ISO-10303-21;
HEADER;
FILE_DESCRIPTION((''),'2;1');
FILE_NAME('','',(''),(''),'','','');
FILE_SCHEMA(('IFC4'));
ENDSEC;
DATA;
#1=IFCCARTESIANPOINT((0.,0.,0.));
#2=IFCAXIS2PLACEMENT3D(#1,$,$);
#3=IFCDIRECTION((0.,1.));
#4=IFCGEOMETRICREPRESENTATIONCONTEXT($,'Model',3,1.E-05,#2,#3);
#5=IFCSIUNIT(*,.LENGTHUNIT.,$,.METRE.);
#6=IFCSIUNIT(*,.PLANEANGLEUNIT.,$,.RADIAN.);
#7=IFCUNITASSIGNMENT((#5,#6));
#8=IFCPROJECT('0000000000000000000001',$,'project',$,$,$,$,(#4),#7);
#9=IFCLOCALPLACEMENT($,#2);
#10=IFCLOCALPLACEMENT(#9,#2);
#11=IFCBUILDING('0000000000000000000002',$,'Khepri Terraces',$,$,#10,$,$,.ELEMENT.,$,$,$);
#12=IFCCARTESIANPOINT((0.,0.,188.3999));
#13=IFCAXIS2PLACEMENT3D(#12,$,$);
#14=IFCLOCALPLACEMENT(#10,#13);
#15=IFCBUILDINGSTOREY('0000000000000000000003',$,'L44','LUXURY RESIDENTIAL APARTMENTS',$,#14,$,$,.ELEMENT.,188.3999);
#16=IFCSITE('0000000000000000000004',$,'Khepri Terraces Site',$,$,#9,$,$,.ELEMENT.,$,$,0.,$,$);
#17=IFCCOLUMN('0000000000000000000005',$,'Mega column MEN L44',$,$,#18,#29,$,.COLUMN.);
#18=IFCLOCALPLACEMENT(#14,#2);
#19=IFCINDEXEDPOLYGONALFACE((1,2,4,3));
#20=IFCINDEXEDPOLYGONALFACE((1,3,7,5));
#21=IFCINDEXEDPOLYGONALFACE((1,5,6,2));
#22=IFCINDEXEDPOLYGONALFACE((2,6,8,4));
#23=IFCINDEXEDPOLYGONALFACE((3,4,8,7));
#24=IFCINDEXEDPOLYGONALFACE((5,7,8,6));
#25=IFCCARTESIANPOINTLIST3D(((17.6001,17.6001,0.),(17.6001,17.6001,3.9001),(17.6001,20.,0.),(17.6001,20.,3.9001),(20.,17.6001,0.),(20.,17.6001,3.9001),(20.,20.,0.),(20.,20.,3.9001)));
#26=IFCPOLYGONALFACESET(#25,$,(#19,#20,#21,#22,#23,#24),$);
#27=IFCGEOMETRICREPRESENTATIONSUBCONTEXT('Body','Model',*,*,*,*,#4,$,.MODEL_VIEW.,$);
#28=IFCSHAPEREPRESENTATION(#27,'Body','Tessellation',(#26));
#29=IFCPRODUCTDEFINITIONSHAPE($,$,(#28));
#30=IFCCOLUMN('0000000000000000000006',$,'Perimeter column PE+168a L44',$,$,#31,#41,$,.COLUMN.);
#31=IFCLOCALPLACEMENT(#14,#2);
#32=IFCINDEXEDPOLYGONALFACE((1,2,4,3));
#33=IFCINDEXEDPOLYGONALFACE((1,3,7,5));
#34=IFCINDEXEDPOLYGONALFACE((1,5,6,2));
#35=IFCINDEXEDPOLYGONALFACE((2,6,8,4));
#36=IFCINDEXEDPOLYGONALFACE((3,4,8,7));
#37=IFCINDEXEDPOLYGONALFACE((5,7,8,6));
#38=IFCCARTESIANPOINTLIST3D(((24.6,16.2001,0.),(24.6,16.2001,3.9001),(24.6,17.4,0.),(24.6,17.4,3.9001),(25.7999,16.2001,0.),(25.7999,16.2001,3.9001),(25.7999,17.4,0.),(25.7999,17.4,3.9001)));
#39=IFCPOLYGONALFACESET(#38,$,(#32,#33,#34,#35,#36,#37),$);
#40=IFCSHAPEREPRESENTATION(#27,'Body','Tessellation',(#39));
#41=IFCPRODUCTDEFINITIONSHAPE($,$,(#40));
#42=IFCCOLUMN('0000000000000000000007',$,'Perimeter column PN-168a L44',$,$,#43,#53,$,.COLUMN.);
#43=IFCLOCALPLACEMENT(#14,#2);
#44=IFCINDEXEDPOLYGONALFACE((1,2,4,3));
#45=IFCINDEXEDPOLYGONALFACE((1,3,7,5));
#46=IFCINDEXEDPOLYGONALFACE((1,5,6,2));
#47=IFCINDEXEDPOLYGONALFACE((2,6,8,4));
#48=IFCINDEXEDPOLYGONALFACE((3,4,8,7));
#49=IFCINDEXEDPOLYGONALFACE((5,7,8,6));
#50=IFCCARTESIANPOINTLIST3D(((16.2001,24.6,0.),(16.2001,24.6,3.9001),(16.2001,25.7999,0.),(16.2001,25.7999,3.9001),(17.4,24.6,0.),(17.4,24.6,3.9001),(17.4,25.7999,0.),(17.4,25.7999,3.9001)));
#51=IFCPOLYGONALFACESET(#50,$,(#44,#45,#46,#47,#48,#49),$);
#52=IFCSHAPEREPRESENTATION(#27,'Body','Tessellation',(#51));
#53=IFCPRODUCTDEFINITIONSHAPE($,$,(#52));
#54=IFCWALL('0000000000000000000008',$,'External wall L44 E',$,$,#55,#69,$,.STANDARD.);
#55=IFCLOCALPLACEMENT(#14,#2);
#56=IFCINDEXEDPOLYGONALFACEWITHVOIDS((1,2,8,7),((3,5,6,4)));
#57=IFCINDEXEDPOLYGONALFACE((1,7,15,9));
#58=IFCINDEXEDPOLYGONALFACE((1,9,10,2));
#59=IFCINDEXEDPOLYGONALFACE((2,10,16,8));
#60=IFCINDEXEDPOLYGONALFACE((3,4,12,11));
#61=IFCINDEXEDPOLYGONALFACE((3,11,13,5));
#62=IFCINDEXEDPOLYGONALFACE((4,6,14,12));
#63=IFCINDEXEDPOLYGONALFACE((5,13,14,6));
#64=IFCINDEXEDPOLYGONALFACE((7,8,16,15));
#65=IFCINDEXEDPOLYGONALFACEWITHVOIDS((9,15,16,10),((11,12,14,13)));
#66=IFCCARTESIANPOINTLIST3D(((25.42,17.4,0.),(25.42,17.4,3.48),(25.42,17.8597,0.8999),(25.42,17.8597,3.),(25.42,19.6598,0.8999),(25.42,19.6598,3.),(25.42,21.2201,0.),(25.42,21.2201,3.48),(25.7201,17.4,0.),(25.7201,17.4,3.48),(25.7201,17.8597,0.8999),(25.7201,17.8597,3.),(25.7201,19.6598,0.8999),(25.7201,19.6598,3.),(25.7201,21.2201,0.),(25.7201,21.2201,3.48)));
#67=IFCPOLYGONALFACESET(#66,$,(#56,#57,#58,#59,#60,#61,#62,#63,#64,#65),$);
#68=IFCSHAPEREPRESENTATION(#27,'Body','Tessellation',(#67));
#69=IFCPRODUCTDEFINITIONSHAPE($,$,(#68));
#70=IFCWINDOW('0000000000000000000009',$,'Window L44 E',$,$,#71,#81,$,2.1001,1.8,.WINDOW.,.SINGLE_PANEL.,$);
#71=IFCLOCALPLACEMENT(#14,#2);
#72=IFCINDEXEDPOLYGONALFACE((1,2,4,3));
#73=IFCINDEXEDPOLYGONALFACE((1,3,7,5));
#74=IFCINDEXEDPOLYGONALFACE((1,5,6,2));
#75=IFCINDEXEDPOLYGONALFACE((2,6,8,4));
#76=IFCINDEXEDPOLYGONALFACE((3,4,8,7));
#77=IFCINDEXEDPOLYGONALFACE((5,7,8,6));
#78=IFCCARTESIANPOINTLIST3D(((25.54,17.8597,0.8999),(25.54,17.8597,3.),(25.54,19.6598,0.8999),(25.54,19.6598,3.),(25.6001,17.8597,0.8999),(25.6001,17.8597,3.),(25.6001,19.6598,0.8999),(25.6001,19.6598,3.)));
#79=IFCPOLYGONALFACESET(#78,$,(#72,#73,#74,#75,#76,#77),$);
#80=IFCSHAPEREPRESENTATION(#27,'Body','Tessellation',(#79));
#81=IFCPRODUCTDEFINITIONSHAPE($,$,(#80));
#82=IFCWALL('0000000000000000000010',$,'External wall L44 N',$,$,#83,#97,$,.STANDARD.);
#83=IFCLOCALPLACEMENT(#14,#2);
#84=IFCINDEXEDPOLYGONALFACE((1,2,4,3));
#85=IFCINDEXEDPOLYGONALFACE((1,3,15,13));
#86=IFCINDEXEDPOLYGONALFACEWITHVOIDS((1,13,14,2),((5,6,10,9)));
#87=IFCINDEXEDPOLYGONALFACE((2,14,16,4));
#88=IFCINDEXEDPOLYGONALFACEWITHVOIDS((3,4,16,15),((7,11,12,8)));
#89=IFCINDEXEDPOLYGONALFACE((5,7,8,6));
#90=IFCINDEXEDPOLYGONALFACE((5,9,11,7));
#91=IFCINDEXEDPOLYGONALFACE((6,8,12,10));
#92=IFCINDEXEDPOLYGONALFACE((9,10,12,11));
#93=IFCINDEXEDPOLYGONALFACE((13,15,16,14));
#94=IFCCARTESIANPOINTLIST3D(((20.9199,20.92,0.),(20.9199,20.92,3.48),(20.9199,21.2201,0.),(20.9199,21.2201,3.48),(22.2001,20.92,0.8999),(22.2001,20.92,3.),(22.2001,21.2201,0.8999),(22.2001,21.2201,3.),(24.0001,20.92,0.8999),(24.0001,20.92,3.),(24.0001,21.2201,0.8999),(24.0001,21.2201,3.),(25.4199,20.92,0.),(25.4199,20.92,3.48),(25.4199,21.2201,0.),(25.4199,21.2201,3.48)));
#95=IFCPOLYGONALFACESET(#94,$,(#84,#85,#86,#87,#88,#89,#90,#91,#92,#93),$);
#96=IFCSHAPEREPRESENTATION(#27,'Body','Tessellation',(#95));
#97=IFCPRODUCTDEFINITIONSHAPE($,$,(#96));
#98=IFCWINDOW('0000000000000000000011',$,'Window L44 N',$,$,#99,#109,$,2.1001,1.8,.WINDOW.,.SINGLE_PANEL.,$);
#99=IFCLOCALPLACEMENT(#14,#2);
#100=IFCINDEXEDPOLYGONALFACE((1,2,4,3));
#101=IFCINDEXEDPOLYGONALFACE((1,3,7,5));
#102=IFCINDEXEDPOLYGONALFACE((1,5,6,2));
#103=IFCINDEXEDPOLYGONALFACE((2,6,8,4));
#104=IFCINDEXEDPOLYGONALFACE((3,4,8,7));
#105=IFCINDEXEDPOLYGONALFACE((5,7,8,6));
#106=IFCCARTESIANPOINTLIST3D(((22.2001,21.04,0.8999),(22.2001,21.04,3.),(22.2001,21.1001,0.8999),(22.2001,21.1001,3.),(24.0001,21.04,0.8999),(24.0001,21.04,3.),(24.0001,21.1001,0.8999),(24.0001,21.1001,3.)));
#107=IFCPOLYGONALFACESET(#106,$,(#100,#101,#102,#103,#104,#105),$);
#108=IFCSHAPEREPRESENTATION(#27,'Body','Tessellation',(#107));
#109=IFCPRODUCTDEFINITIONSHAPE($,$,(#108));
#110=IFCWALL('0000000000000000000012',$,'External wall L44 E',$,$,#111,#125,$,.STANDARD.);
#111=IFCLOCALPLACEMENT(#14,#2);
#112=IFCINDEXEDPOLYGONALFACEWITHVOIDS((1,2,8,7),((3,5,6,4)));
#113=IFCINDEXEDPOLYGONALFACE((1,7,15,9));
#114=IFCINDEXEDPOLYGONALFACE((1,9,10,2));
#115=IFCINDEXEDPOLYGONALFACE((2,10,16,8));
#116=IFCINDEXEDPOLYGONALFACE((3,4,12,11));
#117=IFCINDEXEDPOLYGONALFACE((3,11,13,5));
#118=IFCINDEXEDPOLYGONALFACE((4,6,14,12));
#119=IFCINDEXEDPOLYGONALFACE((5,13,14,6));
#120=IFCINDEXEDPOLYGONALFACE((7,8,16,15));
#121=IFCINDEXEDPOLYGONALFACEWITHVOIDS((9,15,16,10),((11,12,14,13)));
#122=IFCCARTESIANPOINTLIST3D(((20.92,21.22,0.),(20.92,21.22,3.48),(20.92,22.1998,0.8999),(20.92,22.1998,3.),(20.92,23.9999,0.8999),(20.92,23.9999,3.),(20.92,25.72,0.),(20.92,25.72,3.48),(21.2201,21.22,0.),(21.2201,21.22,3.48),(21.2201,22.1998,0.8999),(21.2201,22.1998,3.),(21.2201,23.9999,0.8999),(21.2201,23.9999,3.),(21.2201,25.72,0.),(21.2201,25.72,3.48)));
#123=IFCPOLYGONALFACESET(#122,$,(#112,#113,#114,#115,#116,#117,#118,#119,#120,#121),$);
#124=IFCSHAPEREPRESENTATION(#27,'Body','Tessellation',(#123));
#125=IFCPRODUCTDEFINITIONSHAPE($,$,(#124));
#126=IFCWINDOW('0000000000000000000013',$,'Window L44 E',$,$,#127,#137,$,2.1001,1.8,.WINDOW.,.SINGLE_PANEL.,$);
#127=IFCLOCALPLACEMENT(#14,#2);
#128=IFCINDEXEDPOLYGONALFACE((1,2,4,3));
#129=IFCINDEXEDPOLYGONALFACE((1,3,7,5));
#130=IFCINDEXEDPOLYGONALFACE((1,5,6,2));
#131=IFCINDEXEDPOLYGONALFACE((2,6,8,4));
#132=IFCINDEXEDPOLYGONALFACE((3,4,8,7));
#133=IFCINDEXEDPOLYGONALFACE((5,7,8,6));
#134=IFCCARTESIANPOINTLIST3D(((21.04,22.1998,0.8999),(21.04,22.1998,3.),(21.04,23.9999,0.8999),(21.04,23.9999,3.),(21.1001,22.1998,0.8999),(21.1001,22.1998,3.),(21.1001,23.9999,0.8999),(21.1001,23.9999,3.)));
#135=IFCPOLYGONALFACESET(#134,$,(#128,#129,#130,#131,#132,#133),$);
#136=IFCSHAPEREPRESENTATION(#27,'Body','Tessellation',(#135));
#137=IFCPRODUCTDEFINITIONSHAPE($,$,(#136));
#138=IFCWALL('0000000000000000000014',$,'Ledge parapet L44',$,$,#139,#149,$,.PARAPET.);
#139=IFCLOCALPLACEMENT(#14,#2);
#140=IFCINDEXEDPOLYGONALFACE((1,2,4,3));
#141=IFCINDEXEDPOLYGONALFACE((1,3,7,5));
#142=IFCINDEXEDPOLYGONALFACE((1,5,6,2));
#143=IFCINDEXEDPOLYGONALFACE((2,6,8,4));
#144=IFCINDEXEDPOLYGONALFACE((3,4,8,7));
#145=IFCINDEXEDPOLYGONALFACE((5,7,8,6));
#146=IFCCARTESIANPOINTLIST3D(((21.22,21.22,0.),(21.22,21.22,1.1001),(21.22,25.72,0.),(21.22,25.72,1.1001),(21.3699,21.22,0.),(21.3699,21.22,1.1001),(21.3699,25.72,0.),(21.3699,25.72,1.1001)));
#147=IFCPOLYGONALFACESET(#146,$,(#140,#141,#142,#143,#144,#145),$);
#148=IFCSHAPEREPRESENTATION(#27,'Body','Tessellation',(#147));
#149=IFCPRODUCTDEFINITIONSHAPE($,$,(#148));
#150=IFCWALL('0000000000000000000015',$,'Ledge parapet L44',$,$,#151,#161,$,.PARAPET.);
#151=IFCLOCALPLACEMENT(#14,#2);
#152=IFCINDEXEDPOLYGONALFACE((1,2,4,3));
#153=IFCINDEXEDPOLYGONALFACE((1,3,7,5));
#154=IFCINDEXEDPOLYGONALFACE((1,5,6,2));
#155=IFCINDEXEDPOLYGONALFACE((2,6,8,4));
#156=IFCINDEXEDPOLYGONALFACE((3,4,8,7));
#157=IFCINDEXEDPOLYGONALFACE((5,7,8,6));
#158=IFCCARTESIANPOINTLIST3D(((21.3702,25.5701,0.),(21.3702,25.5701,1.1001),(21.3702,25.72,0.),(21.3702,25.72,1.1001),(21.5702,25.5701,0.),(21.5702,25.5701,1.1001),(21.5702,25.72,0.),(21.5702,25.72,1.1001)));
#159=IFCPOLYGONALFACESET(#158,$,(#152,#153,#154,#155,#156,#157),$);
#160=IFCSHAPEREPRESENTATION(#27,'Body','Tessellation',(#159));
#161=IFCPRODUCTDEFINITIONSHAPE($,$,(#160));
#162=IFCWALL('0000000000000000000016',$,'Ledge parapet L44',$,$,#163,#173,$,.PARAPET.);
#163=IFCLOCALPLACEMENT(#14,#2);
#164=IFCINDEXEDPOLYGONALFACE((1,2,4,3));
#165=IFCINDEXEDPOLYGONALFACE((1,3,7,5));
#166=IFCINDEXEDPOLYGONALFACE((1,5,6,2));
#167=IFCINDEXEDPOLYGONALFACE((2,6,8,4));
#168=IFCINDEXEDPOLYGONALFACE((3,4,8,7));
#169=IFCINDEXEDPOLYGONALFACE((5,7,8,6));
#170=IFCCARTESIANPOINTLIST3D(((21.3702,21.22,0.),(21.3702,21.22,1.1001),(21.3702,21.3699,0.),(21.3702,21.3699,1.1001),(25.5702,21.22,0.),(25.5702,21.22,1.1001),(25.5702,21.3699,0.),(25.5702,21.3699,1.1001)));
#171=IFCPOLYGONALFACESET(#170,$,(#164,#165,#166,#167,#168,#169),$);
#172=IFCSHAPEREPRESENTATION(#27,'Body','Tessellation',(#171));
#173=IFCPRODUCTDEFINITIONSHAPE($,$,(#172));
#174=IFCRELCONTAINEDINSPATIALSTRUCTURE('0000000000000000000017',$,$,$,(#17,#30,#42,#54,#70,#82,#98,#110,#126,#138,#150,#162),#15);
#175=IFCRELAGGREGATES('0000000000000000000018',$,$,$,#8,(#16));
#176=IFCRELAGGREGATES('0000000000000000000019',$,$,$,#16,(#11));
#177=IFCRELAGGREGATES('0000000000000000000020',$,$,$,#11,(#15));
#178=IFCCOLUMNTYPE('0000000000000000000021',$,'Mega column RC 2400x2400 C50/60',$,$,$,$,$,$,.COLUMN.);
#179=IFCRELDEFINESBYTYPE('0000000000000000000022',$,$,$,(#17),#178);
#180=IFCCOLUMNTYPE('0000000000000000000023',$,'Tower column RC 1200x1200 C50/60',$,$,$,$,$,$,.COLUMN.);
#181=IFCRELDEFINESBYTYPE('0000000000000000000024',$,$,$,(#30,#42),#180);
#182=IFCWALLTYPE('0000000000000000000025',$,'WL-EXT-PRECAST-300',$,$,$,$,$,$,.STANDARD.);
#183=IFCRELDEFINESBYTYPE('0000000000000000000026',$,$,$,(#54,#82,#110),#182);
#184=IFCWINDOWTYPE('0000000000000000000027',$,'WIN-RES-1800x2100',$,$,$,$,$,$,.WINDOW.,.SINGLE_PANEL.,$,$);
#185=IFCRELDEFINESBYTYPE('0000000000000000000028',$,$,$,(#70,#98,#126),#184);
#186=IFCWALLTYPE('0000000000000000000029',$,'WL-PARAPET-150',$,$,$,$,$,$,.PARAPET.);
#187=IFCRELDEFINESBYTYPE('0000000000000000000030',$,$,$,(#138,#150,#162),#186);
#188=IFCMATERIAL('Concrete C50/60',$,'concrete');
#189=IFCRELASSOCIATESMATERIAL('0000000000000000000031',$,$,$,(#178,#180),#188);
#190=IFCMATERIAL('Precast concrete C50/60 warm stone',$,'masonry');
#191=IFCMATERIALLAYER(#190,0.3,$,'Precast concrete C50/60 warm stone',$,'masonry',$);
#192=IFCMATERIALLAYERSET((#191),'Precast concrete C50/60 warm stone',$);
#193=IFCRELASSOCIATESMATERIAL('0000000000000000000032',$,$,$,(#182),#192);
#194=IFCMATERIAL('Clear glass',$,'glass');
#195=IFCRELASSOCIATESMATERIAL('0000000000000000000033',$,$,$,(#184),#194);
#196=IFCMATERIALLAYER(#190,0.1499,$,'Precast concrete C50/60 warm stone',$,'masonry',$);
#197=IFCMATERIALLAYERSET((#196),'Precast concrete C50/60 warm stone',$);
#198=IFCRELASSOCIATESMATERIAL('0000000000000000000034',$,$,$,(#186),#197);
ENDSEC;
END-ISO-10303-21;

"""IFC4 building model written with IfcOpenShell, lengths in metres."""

from ifc_helpers import new_model, si_unit, direction, frame, frame_2d, origin, origin_2d, place, context, subcontext, project, spatial, rectangle, extrude, material, layer, layer_set, material_profile, profile_set, type_object, element, fill, save


model = new_model("IFC4")

# Units and contexts
model_context = context("Model", 3, precision=1e-05, world=origin(), true_north=direction((0.0, 1.0)))
body_context = subcontext(model_context, "Body", "Model", "MODEL_VIEW")
ifc_project = project(units=[si_unit("LENGTHUNIT", "METRE"), si_unit("PLANEANGLEUNIT", "RADIAN")], contexts=[model_context])

# Site, building, storey
site_placement = place(None, origin())
site = spatial("IfcSite", under=ifc_project, at=site_placement, Name="Khepri Terraces Site", CompositionType="ELEMENT", RefElevation=0.0)
building_placement = place(site_placement, origin())
building = spatial("IfcBuilding", under=site, at=building_placement, Name="Khepri Terraces", CompositionType="ELEMENT")
storey_placement = place(building_placement, frame((0.0, 0.0, 188.3999)))
storey = spatial("IfcBuildingStorey", under=building, at=storey_placement, Name="L44", Description="LUXURY RESIDENTIAL APARTMENTS", CompositionType="ELEMENT", Elevation=188.3999)

# Columns
ifc_material_1 = material(Name="Concrete C50/60", Category="concrete")
ifc_material_profile_1 = material_profile(ifc_material_1, rectangle(XDim=2.3999, YDim=2.3999, at=origin_2d()), Name="Concrete C50/60", Category="concrete")
ifc_profile_set_1 = profile_set([ifc_material_profile_1], Name="Concrete C50/60")
column_type_1 = type_object("IfcColumnType", Name="Mega column RC 2400x2400 C50/60", PredefinedType="COLUMN", material=ifc_profile_set_1)
column_placement = place(storey_placement, frame((18.8, 18.8, 0.0), z_axis=(0.0, 0.0, 1.0), x_axis=(1.0, 0.0, 0.0)))
element("IfcColumn", 1, at=column_placement, inside=storey, type_object=column_type_1, Name="Mega column MEN L44", PredefinedType="COLUMN", context=body_context, shape_type="SweptSolid", body=[
    extrude(rectangle(XDim=2.3999, YDim=2.3999, at=origin_2d()), origin(), (0.0, 0.0, 1.0), 3.9001),
])
ifc_material_profile_2 = material_profile(ifc_material_1, rectangle(XDim=1.2, YDim=1.2, at=origin_2d()), Name="Concrete C50/60", Category="concrete")
ifc_profile_set_2 = profile_set([ifc_material_profile_2], Name="Concrete C50/60")
column_type_2 = type_object("IfcColumnType", Name="Tower column RC 1200x1200 C50/60", PredefinedType="COLUMN", material=ifc_profile_set_2)
for number, where, z_axis, x_axis, name in (
    (2, (25.2, 16.8, 0.0), (0.0, 0.0, 1.0), (1.0, 0.0, 0.0), "Perimeter column PE+168a L44"),
    (3, (16.8, 25.2, 0.0), (0.0, 0.0, 1.0), (1.0, 0.0, 0.0), "Perimeter column PN-168a L44"),
):
    element("IfcColumn", number, at=place(storey_placement, frame(where, z_axis=z_axis, x_axis=x_axis)), inside=storey, type_object=column_type_2, Name=name, PredefinedType="COLUMN", context=body_context, shape_type="SweptSolid", body=[
        extrude(rectangle(XDim=1.2, YDim=1.2, at=origin_2d()), origin(), (0.0, 0.0, 1.0), 3.9001),
    ])

# Walls, openings, windows
ifc_material_2 = material(Name="Precast concrete C50/60 warm stone", Category="masonry")
ifc_layer_1 = layer(ifc_material_2, 0.3, Name="Precast concrete C50/60 warm stone", Category="masonry")
ifc_layer_set_1 = layer_set([ifc_layer_1], Name="Precast concrete C50/60 warm stone")
wall_type_1 = type_object("IfcWallType", Name="WL-EXT-PRECAST-300", PredefinedType="STANDARD", material=ifc_layer_set_1)
wall_1_placement = place(storey_placement, frame((25.5701, 17.3999, 0.0), z_axis=(0.0, 0.0, 1.0), x_axis=(0.0, 1.0, 0.0)))
wall_1 = element("IfcWall", 4, at=wall_1_placement, inside=storey, type_object=wall_type_1, Name="External wall L44 E", PredefinedType="STANDARD", context=body_context, shape_type="SweptSolid", body=[
    extrude(rectangle(XDim=3.8201, YDim=0.3, at=frame_2d((1.9102, 0.0))), origin(), (0.0, 0.0, 1.0), 3.48),
])
opening_1_placement = place(wall_1_placement, frame((0.46, 0.0, 0.8999)))
opening_1 = element("IfcOpeningElement", 5, at=opening_1_placement, cuts=wall_1, PredefinedType="OPENING", context=body_context, shape_type="SweptSolid", body=[
    extrude(rectangle(XDim=1.8, YDim=2.1001, at=frame_2d((0.8999, 1.05))), frame((0.0, 0.1602, 0.0), z_axis=(0.0, -1.0, 0.0), x_axis=(1.0, 0.0, 0.0)), (0.0, 0.0, 1.0), 0.3201),
])
ifc_material_3 = material(Name="Clear glass", Category="glass")
window_type = type_object("IfcWindowType", Name="WIN-RES-1800x2100", PartitioningType="SINGLE_PANEL", PredefinedType="WINDOW", material=ifc_material_3)
window_1_placement = place(opening_1_placement, origin())
window_1 = element("IfcWindow", 6, at=window_1_placement, inside=storey, type_object=window_type, Name="Window L44 E", OverallHeight=2.1001, OverallWidth=1.8, PartitioningType="SINGLE_PANEL", PredefinedType="WINDOW", context=body_context, shape_type="SweptSolid", body=[
    extrude(rectangle(XDim=1.8, YDim=2.1001, at=frame_2d((0.8999, 1.05))), frame((0.0, 0.03, 0.0), z_axis=(0.0, -1.0, 0.0), x_axis=(1.0, 0.0, 0.0)), (0.0, 0.0, 1.0), 0.0601),
])
fill(opening_1, window_1)
wall_2_placement = place(storey_placement, frame((25.4199, 21.0701, 0.0), z_axis=(0.0, 0.0, 1.0), x_axis=(-1.0, 0.0, 0.0)))
wall_2 = element("IfcWall", 7, at=wall_2_placement, inside=storey, type_object=wall_type_1, Name="External wall L44 N", PredefinedType="STANDARD", context=body_context, shape_type="SweptSolid", body=[
    extrude(rectangle(XDim=4.5, YDim=0.3, at=frame_2d((2.25, 0.0))), origin(), (0.0, 0.0, 1.0), 3.48),
])
opening_2_placement = place(wall_2_placement, frame((1.4199, 0.0, 0.8999)))
opening_2 = element("IfcOpeningElement", 8, at=opening_2_placement, cuts=wall_2, PredefinedType="OPENING", context=body_context, shape_type="SweptSolid", body=[
    extrude(rectangle(XDim=1.8, YDim=2.1001, at=frame_2d((0.8999, 1.05))), frame((0.0, 0.1602, 0.0), z_axis=(0.0, -1.0, 0.0), x_axis=(1.0, 0.0, 0.0)), (0.0, 0.0, 1.0), 0.3201),
])
window_2_placement = place(opening_2_placement, origin())
window_2 = element("IfcWindow", 9, at=window_2_placement, inside=storey, type_object=window_type, Name="Window L44 N", OverallHeight=2.1001, OverallWidth=1.8, PartitioningType="SINGLE_PANEL", PredefinedType="WINDOW", context=body_context, shape_type="SweptSolid", body=[
    extrude(rectangle(XDim=1.8, YDim=2.1001, at=frame_2d((0.8999, 1.05))), frame((0.0, 0.03, 0.0), z_axis=(0.0, -1.0, 0.0), x_axis=(1.0, 0.0, 0.0)), (0.0, 0.0, 1.0), 0.0601),
])
fill(opening_2, window_2)
wall_3_placement = place(storey_placement, frame((21.0701, 21.22, 0.0), z_axis=(0.0, 0.0, 1.0), x_axis=(0.0, 1.0, 0.0)))
wall_3 = element("IfcWall", 10, at=wall_3_placement, inside=storey, type_object=wall_type_1, Name="External wall L44 E", PredefinedType="STANDARD", context=body_context, shape_type="SweptSolid", body=[
    extrude(rectangle(XDim=4.5, YDim=0.3, at=frame_2d((2.25, 0.0))), origin(), (0.0, 0.0, 1.0), 3.48),
])
opening_3_placement = place(wall_3_placement, frame((0.98, 0.0, 0.8999)))
opening_3 = element("IfcOpeningElement", 11, at=opening_3_placement, cuts=wall_3, PredefinedType="OPENING", context=body_context, shape_type="SweptSolid", body=[
    extrude(rectangle(XDim=1.8, YDim=2.1001, at=frame_2d((0.8999, 1.05))), frame((0.0, 0.1602, 0.0), z_axis=(0.0, -1.0, 0.0), x_axis=(1.0, 0.0, 0.0)), (0.0, 0.0, 1.0), 0.3201),
])
window_3_placement = place(opening_3_placement, origin())
window_3 = element("IfcWindow", 12, at=window_3_placement, inside=storey, type_object=window_type, Name="Window L44 E", OverallHeight=2.1001, OverallWidth=1.8, PartitioningType="SINGLE_PANEL", PredefinedType="WINDOW", context=body_context, shape_type="SweptSolid", body=[
    extrude(rectangle(XDim=1.8, YDim=2.1001, at=frame_2d((0.8999, 1.05))), frame((0.0, 0.03, 0.0), z_axis=(0.0, -1.0, 0.0), x_axis=(1.0, 0.0, 0.0)), (0.0, 0.0, 1.0), 0.0601),
])
fill(opening_3, window_3)

# Walls
ifc_layer_2 = layer(ifc_material_2, 0.1499, Name="Precast concrete C50/60 warm stone", Category="masonry")
ifc_layer_set_2 = layer_set([ifc_layer_2], Name="Precast concrete C50/60 warm stone")
wall_type_2 = type_object("IfcWallType", Name="WL-PARAPET-150", PredefinedType="PARAPET", material=ifc_layer_set_2)
wall_4_placement = place(storey_placement, frame((21.2949, 21.22, 0.0), z_axis=(0.0, 0.0, 1.0), x_axis=(0.0, 1.0, 0.0)))
element("IfcWall", 13, at=wall_4_placement, inside=storey, type_object=wall_type_2, Name="Ledge parapet L44", PredefinedType="PARAPET", context=body_context, shape_type="SweptSolid", body=[
    extrude(rectangle(XDim=4.5, YDim=0.1499, at=frame_2d((2.25, 0.0))), origin(), (0.0, 0.0, 1.0), 1.1001),
])
wall_5_placement = place(storey_placement, frame((21.3701, 25.645, 0.0), z_axis=(0.0, 0.0, 1.0), x_axis=(1.0, 0.0, 0.0)))
element("IfcWall", 14, at=wall_5_placement, inside=storey, type_object=wall_type_2, Name="Ledge parapet L44", PredefinedType="PARAPET", context=body_context, shape_type="SweptSolid", body=[
    extrude(rectangle(XDim=0.2, YDim=0.1499, at=frame_2d((0.1001, 0.0))), origin(), (0.0, 0.0, 1.0), 1.1001),
])
wall_6_placement = place(storey_placement, frame((21.3701, 21.2949, 0.0), z_axis=(0.0, 0.0, 1.0), x_axis=(1.0, 0.0, 0.0)))
element("IfcWall", 15, at=wall_6_placement, inside=storey, type_object=wall_type_2, Name="Ledge parapet L44", PredefinedType="PARAPET", context=body_context, shape_type="SweptSolid", body=[
    extrude(rectangle(XDim=4.2, YDim=0.1499, at=frame_2d((2.1001, 0.0))), origin(), (0.0, 0.0, 1.0), 1.1001),
])

save(model, "model.ifc")
